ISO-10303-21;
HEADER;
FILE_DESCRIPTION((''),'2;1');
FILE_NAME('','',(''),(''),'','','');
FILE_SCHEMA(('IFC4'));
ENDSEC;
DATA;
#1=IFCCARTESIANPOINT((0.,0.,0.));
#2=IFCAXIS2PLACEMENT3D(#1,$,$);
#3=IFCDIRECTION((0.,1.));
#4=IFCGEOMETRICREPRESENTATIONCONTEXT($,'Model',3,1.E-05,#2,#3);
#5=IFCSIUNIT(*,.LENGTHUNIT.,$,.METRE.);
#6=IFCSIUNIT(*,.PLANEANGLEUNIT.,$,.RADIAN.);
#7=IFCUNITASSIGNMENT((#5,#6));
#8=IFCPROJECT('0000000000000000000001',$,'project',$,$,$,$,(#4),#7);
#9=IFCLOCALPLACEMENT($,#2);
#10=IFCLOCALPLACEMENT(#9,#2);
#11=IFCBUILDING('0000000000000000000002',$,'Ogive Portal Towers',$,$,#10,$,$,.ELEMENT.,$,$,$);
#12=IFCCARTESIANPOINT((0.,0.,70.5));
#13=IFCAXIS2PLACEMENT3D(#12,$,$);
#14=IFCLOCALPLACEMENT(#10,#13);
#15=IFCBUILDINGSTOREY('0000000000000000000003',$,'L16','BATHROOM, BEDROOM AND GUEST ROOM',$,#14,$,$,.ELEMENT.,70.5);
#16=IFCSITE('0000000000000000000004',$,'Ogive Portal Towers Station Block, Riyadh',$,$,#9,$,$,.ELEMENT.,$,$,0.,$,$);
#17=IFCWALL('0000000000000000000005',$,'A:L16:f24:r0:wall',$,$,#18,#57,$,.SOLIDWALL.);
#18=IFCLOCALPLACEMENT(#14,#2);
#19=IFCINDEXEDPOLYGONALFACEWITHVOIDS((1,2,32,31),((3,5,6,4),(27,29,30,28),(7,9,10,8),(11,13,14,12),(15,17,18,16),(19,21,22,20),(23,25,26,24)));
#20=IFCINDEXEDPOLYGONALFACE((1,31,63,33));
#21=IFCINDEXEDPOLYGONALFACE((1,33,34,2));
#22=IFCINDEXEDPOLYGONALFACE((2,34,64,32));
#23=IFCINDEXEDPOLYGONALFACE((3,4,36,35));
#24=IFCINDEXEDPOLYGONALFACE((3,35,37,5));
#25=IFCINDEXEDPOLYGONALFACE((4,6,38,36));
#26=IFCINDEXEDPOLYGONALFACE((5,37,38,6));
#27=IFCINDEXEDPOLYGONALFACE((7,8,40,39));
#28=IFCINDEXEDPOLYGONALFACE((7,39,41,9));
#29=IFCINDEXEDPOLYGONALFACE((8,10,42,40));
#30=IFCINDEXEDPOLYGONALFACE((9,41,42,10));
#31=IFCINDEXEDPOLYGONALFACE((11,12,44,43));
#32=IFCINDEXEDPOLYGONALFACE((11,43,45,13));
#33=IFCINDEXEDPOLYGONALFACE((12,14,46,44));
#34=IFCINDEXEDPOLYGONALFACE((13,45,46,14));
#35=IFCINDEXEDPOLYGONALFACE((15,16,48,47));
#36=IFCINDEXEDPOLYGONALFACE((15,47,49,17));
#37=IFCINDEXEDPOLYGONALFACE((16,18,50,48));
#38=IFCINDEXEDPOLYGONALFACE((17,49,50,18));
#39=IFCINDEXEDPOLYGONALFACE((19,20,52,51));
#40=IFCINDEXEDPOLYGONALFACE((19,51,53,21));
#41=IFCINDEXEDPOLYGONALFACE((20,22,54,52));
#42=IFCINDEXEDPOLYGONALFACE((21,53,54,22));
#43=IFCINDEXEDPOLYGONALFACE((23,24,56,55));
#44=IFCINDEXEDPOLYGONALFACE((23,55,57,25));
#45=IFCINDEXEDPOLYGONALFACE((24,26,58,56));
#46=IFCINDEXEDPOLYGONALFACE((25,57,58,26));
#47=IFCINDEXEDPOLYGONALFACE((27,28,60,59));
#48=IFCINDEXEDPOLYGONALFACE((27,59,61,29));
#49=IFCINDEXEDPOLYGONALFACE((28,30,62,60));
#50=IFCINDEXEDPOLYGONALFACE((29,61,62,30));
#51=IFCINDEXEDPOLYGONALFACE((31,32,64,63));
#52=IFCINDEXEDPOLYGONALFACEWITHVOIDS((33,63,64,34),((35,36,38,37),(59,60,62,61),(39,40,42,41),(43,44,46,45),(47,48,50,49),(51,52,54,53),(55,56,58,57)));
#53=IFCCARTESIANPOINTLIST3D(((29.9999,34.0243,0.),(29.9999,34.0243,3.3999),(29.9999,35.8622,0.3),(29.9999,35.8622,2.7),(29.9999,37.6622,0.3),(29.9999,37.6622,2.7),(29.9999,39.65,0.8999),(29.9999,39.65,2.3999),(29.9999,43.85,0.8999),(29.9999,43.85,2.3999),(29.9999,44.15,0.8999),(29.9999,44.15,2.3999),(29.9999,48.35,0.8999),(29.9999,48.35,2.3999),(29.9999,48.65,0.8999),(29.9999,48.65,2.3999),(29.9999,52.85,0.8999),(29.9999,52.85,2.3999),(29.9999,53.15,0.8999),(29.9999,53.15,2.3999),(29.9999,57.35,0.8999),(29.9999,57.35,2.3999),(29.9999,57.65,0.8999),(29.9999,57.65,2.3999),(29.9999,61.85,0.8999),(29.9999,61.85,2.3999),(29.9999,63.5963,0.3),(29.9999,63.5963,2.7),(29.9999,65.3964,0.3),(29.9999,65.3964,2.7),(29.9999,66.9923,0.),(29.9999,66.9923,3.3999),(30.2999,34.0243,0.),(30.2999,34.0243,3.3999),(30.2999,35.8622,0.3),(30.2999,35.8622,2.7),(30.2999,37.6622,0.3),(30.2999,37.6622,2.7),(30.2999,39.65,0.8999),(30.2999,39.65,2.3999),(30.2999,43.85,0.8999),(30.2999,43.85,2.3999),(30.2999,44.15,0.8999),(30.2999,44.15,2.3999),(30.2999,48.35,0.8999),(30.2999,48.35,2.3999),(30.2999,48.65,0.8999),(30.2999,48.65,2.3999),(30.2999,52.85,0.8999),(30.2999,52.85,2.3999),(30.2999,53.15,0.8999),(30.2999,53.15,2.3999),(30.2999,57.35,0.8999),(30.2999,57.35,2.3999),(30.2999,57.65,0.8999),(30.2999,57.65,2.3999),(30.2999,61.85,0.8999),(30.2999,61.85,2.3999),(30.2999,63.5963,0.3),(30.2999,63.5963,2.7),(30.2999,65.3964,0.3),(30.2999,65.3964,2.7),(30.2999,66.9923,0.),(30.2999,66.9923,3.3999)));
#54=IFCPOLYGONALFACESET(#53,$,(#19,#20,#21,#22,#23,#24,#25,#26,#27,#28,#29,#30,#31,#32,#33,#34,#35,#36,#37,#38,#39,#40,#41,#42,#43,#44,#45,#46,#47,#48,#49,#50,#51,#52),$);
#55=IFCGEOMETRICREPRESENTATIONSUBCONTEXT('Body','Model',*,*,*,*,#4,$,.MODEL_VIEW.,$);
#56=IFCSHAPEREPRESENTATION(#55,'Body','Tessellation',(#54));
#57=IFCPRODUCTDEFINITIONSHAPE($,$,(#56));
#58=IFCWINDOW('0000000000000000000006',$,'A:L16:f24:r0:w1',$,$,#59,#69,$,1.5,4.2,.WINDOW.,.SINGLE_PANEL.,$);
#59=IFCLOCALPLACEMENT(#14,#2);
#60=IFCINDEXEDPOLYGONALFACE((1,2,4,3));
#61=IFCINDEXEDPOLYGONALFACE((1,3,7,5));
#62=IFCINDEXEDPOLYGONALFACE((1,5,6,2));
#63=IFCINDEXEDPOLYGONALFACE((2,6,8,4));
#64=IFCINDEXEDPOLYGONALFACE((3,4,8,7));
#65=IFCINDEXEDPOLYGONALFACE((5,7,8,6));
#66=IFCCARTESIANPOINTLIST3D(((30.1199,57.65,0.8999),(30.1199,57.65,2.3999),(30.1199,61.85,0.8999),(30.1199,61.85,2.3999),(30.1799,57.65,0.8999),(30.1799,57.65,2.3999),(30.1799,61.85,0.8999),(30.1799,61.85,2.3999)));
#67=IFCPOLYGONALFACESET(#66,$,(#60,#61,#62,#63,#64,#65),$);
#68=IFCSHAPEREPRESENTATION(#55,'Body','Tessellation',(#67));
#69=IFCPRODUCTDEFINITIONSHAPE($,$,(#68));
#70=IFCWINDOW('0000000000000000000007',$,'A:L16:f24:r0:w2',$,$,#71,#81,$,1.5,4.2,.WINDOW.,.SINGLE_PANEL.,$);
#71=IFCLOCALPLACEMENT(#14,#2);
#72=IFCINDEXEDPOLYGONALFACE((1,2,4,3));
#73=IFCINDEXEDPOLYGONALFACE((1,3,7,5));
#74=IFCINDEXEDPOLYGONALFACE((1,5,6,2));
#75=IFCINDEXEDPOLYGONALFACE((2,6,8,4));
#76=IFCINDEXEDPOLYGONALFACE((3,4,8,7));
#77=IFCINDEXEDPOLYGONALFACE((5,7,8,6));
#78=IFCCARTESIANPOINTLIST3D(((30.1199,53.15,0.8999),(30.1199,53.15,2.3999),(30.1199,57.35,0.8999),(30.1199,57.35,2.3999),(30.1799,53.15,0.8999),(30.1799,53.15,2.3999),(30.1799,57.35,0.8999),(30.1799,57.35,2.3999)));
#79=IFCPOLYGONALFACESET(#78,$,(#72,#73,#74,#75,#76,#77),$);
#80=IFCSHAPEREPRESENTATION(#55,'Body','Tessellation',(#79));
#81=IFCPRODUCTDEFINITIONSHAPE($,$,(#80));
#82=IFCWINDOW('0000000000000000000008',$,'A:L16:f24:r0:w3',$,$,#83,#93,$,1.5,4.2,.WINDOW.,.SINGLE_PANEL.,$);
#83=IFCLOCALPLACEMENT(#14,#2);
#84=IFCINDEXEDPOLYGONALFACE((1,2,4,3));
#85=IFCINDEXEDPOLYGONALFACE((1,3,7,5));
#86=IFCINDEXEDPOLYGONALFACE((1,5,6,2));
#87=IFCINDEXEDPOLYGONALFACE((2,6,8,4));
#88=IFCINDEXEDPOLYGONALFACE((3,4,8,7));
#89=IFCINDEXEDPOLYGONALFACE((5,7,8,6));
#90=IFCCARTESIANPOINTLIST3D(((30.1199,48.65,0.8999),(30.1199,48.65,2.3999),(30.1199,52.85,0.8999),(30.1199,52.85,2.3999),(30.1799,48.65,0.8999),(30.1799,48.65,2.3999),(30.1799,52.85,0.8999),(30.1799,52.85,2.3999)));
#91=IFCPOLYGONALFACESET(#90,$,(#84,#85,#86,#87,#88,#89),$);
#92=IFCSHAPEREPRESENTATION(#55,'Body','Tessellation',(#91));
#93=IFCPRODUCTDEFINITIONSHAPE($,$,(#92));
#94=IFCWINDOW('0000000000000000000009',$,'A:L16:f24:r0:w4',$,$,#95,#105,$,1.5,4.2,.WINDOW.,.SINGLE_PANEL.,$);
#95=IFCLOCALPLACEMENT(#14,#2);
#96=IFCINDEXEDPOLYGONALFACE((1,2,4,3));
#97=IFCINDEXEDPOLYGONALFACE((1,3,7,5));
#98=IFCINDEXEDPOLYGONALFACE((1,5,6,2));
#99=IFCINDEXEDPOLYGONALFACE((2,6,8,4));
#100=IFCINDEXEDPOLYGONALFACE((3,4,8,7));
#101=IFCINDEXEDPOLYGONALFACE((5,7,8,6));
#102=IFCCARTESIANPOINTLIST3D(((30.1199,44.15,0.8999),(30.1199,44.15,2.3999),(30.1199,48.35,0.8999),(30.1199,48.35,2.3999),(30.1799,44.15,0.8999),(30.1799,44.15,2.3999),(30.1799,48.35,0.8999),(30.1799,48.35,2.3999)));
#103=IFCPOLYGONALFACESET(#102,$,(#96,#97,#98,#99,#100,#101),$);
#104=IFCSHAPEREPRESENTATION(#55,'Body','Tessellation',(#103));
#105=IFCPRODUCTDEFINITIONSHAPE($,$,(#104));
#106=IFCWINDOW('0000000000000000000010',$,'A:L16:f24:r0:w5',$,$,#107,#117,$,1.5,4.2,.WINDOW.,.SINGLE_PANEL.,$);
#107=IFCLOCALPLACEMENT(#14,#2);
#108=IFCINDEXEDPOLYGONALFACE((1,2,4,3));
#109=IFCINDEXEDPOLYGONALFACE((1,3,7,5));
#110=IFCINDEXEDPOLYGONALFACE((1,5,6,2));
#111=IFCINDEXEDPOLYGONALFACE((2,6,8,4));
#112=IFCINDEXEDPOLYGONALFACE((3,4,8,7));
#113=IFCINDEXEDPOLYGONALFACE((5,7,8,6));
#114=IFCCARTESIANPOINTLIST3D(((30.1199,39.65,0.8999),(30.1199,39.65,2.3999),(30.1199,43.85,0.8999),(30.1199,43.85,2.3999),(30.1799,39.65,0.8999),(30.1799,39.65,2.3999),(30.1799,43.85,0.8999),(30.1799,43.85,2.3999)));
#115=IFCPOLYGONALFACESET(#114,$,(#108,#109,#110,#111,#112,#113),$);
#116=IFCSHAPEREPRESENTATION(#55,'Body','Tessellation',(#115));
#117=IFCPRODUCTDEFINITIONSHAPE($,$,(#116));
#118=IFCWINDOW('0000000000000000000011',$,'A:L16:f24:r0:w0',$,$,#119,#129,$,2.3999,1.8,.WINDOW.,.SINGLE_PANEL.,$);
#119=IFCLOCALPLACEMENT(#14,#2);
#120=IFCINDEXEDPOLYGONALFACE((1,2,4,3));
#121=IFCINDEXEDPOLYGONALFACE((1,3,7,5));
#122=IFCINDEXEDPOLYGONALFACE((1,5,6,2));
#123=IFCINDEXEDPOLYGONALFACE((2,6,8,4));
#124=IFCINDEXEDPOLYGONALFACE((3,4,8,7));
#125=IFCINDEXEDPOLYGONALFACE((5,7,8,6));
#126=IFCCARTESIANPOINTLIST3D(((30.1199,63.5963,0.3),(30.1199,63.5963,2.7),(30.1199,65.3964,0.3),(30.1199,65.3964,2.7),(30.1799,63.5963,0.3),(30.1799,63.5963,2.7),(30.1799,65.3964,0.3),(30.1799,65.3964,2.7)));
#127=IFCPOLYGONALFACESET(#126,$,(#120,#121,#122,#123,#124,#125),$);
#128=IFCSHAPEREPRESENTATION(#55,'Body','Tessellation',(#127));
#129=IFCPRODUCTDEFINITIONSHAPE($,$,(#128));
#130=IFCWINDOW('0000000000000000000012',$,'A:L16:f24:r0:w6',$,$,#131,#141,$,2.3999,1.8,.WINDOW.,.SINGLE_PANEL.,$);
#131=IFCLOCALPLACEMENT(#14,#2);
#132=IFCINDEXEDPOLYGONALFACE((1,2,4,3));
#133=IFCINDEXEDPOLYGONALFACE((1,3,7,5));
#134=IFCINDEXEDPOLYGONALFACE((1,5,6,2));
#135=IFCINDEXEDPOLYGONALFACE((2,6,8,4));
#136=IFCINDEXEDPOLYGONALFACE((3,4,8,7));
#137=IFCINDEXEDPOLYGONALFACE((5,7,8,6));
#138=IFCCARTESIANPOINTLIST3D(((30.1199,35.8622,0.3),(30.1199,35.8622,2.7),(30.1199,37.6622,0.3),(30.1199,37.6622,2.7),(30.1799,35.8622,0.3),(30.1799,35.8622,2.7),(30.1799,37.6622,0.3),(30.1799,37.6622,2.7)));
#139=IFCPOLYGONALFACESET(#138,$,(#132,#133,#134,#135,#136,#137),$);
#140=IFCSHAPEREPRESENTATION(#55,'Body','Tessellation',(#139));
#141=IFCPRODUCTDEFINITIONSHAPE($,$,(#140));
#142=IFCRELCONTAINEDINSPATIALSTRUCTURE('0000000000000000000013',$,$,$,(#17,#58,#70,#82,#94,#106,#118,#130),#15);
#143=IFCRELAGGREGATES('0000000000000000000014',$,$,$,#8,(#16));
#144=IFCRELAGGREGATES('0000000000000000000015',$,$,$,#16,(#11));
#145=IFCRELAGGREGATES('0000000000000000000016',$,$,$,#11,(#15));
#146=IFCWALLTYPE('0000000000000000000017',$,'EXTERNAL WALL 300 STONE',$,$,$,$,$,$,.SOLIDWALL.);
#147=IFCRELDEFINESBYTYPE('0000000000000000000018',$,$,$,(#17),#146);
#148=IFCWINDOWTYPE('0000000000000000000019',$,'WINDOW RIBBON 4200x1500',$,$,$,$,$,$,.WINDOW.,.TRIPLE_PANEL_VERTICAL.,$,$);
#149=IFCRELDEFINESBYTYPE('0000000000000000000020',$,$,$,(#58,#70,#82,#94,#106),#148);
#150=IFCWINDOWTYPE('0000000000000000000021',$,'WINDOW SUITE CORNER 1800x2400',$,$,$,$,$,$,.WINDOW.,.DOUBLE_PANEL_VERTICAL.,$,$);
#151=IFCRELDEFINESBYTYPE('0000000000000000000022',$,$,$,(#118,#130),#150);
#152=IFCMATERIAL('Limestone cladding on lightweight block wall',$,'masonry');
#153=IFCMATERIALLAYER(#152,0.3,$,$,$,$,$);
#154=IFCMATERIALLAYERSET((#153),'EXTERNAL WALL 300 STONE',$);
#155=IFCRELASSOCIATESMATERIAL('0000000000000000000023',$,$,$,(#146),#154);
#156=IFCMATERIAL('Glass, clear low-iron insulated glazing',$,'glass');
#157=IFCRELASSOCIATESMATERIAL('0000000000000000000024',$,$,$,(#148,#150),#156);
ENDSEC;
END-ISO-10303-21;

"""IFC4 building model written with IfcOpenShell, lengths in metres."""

from ifc_helpers import new_model, si_unit, direction, frame, frame_2d, origin, place, context, subcontext, project, spatial, rectangle, extrude, material, layer, layer_set, type_object, element, fill, save


model = new_model("IFC4")

# Units and contexts
model_context = context("Model", 3, precision=1e-05, world=origin(), true_north=direction((0.0, 1.0)))
body_context = subcontext(model_context, "Body", "Model", "MODEL_VIEW")
ifc_project = project(units=[si_unit("LENGTHUNIT", "METRE"), si_unit("PLANEANGLEUNIT", "RADIAN")], contexts=[model_context])

# Site, building, storey
site_placement = place(None, origin())
site = spatial("IfcSite", under=ifc_project, at=site_placement, Name="Ogive Portal Towers Station Block, Riyadh", CompositionType="ELEMENT", RefElevation=0.0)
building_placement = place(site_placement, origin())
building = spatial("IfcBuilding", under=site, at=building_placement, Name="Ogive Portal Towers", CompositionType="ELEMENT")
storey_placement = place(building_placement, frame((0.0, 0.0, 70.5)))
storey = spatial("IfcBuildingStorey", under=building, at=storey_placement, Name="L16", Description="BATHROOM, BEDROOM AND GUEST ROOM", CompositionType="ELEMENT", Elevation=70.5)

# Shared definitions
ifc_material_1 = material(Name="Glass, clear low-iron insulated glazing", Category="glass")

# Wall, openings, windows
ifc_material_2 = material(Name="Limestone cladding on lightweight block wall", Category="masonry")
ifc_layer_1 = layer(ifc_material_2, 0.3)
ifc_layer_set_1 = layer_set([ifc_layer_1], Name="EXTERNAL WALL 300 STONE")
wall_type_1 = type_object("IfcWallType", Name="EXTERNAL WALL 300 STONE", PredefinedType="SOLIDWALL", material=ifc_layer_set_1)
wall_1_placement = place(storey_placement, frame((30.1499, 66.9922, 0.0), z_axis=(0.0, 0.0, 1.0), x_axis=(0.0, -1.0, 0.0)))
wall_1 = element("IfcWall", 1, at=wall_1_placement, inside=storey, type_object=wall_type_1, Name="A:L16:f24:r0:wall", PredefinedType="SOLIDWALL", context=body_context, shape_type="SweptSolid", body=[
    extrude(rectangle(XDim=32.968, YDim=0.3, at=frame_2d((16.4839, 0.0))), origin(), (0.0, 0.0, 1.0), 3.3999),
])
opening_1_placement = place(wall_1_placement, frame((1.5959, 0.0, 0.3)))
opening_1 = element("IfcOpeningElement", 2, at=opening_1_placement, cuts=wall_1, PredefinedType="OPENING", context=body_context, shape_type="SweptSolid", body=[
    extrude(rectangle(XDim=1.8, YDim=2.3999, at=frame_2d((0.8999, 1.2))), frame((0.0, 0.1602, 0.0), z_axis=(0.0, -1.0, 0.0), x_axis=(1.0, 0.0, 0.0)), (0.0, 0.0, 1.0), 0.3201),
])
opening_2_placement = place(wall_1_placement, frame((5.1421, 0.0, 0.8999)))
opening_2 = element("IfcOpeningElement", 3, at=opening_2_placement, cuts=wall_1, PredefinedType="OPENING", context=body_context, shape_type="SweptSolid", body=[
    extrude(rectangle(XDim=4.2, YDim=1.5, at=frame_2d((2.1001, 0.75))), frame((0.0, 0.1602, 0.0), z_axis=(0.0, -1.0, 0.0), x_axis=(1.0, 0.0, 0.0)), (0.0, 0.0, 1.0), 0.3201),
])
opening_3_placement = place(wall_1_placement, frame((9.6421, 0.0, 0.8999)))
opening_3 = element("IfcOpeningElement", 4, at=opening_3_placement, cuts=wall_1, PredefinedType="OPENING", context=body_context, shape_type="SweptSolid", body=[
    extrude(rectangle(XDim=4.2, YDim=1.5, at=frame_2d((2.1001, 0.75))), frame((0.0, 0.1602, 0.0), z_axis=(0.0, -1.0, 0.0), x_axis=(1.0, 0.0, 0.0)), (0.0, 0.0, 1.0), 0.3201),
])
opening_4_placement = place(wall_1_placement, frame((14.1421, 0.0, 0.8999)))
opening_4 = element("IfcOpeningElement", 5, at=opening_4_placement, cuts=wall_1, PredefinedType="OPENING", context=body_context, shape_type="SweptSolid", body=[
    extrude(rectangle(XDim=4.2, YDim=1.5, at=frame_2d((2.1001, 0.75))), frame((0.0, 0.1602, 0.0), z_axis=(0.0, -1.0, 0.0), x_axis=(1.0, 0.0, 0.0)), (0.0, 0.0, 1.0), 0.3201),
])
opening_5_placement = place(wall_1_placement, frame((18.6421, 0.0, 0.8999)))
opening_5 = element("IfcOpeningElement", 6, at=opening_5_placement, cuts=wall_1, PredefinedType="OPENING", context=body_context, shape_type="SweptSolid", body=[
    extrude(rectangle(XDim=4.2, YDim=1.5, at=frame_2d((2.1001, 0.75))), frame((0.0, 0.1602, 0.0), z_axis=(0.0, -1.0, 0.0), x_axis=(1.0, 0.0, 0.0)), (0.0, 0.0, 1.0), 0.3201),
])
opening_6_placement = place(wall_1_placement, frame((23.1421, 0.0, 0.8999)))
opening_6 = element("IfcOpeningElement", 7, at=opening_6_placement, cuts=wall_1, PredefinedType="OPENING", context=body_context, shape_type="SweptSolid", body=[
    extrude(rectangle(XDim=4.2, YDim=1.5, at=frame_2d((2.1001, 0.75))), frame((0.0, 0.1602, 0.0), z_axis=(0.0, -1.0, 0.0), x_axis=(1.0, 0.0, 0.0)), (0.0, 0.0, 1.0), 0.3201),
])
opening_7_placement = place(wall_1_placement, frame((29.3301, 0.0, 0.3)))
opening_7 = element("IfcOpeningElement", 8, at=opening_7_placement, cuts=wall_1, PredefinedType="OPENING", context=body_context, shape_type="SweptSolid", body=[
    extrude(rectangle(XDim=1.8, YDim=2.3999, at=frame_2d((0.8999, 1.2))), frame((0.0, 0.1602, 0.0), z_axis=(0.0, -1.0, 0.0), x_axis=(1.0, 0.0, 0.0)), (0.0, 0.0, 1.0), 0.3201),
])
window_type_1 = type_object("IfcWindowType", Name="WINDOW RIBBON 4200x1500", PartitioningType="TRIPLE_PANEL_VERTICAL", PredefinedType="WINDOW", material=ifc_material_1)
window_1_placement = place(opening_2_placement, origin())
window_1 = element("IfcWindow", 9, at=window_1_placement, inside=storey, type_object=window_type_1, Name="A:L16:f24:r0:w1", OverallHeight=1.5, OverallWidth=4.2, PartitioningType="SINGLE_PANEL", PredefinedType="WINDOW", context=body_context, shape_type="SweptSolid", body=[
    extrude(rectangle(XDim=4.2, YDim=1.5, at=frame_2d((2.1001, 0.75))), frame((0.0, 0.03, 0.0), z_axis=(0.0, -1.0, 0.0), x_axis=(1.0, 0.0, 0.0)), (0.0, 0.0, 1.0), 0.0601),
])
fill(opening_2, window_1)
window_2_placement = place(opening_3_placement, origin())
window_2 = element("IfcWindow", 10, at=window_2_placement, inside=storey, type_object=window_type_1, Name="A:L16:f24:r0:w2", OverallHeight=1.5, OverallWidth=4.2, PartitioningType="SINGLE_PANEL", PredefinedType="WINDOW", context=body_context, shape_type="SweptSolid", body=[
    extrude(rectangle(XDim=4.2, YDim=1.5, at=frame_2d((2.1001, 0.75))), frame((0.0, 0.03, 0.0), z_axis=(0.0, -1.0, 0.0), x_axis=(1.0, 0.0, 0.0)), (0.0, 0.0, 1.0), 0.0601),
])
fill(opening_3, window_2)
window_3_placement = place(opening_4_placement, origin())
window_3 = element("IfcWindow", 11, at=window_3_placement, inside=storey, type_object=window_type_1, Name="A:L16:f24:r0:w3", OverallHeight=1.5, OverallWidth=4.2, PartitioningType="SINGLE_PANEL", PredefinedType="WINDOW", context=body_context, shape_type="SweptSolid", body=[
    extrude(rectangle(XDim=4.2, YDim=1.5, at=frame_2d((2.1001, 0.75))), frame((0.0, 0.03, 0.0), z_axis=(0.0, -1.0, 0.0), x_axis=(1.0, 0.0, 0.0)), (0.0, 0.0, 1.0), 0.0601),
])
fill(opening_4, window_3)
window_4_placement = place(opening_5_placement, origin())
window_4 = element("IfcWindow", 12, at=window_4_placement, inside=storey, type_object=window_type_1, Name="A:L16:f24:r0:w4", OverallHeight=1.5, OverallWidth=4.2, PartitioningType="SINGLE_PANEL", PredefinedType="WINDOW", context=body_context, shape_type="SweptSolid", body=[
    extrude(rectangle(XDim=4.2, YDim=1.5, at=frame_2d((2.1001, 0.75))), frame((0.0, 0.03, 0.0), z_axis=(0.0, -1.0, 0.0), x_axis=(1.0, 0.0, 0.0)), (0.0, 0.0, 1.0), 0.0601),
])
fill(opening_5, window_4)
window_5_placement = place(opening_6_placement, origin())
window_5 = element("IfcWindow", 13, at=window_5_placement, inside=storey, type_object=window_type_1, Name="A:L16:f24:r0:w5", OverallHeight=1.5, OverallWidth=4.2, PartitioningType="SINGLE_PANEL", PredefinedType="WINDOW", context=body_context, shape_type="SweptSolid", body=[
    extrude(rectangle(XDim=4.2, YDim=1.5, at=frame_2d((2.1001, 0.75))), frame((0.0, 0.03, 0.0), z_axis=(0.0, -1.0, 0.0), x_axis=(1.0, 0.0, 0.0)), (0.0, 0.0, 1.0), 0.0601),
])
fill(opening_6, window_5)
window_type_2 = type_object("IfcWindowType", Name="WINDOW SUITE CORNER 1800x2400", PartitioningType="DOUBLE_PANEL_VERTICAL", PredefinedType="WINDOW", material=ifc_material_1)
window_6_placement = place(opening_1_placement, origin())
window_6 = element("IfcWindow", 14, at=window_6_placement, inside=storey, type_object=window_type_2, Name="A:L16:f24:r0:w0", OverallHeight=2.3999, OverallWidth=1.8, PartitioningType="SINGLE_PANEL", PredefinedType="WINDOW", context=body_context, shape_type="SweptSolid", body=[
    extrude(rectangle(XDim=1.8, YDim=2.3999, at=frame_2d((0.8999, 1.2))), frame((0.0, 0.03, 0.0), z_axis=(0.0, -1.0, 0.0), x_axis=(1.0, 0.0, 0.0)), (0.0, 0.0, 1.0), 0.0601),
])
fill(opening_1, window_6)
window_7_placement = place(opening_7_placement, origin())
window_7 = element("IfcWindow", 15, at=window_7_placement, inside=storey, type_object=window_type_2, Name="A:L16:f24:r0:w6", OverallHeight=2.3999, OverallWidth=1.8, PartitioningType="SINGLE_PANEL", PredefinedType="WINDOW", context=body_context, shape_type="SweptSolid", body=[
    extrude(rectangle(XDim=1.8, YDim=2.3999, at=frame_2d((0.8999, 1.2))), frame((0.0, 0.03, 0.0), z_axis=(0.0, -1.0, 0.0), x_axis=(1.0, 0.0, 0.0)), (0.0, 0.0, 1.0), 0.0601),
])
fill(opening_7, window_7)

save(model, "model.ifc")
